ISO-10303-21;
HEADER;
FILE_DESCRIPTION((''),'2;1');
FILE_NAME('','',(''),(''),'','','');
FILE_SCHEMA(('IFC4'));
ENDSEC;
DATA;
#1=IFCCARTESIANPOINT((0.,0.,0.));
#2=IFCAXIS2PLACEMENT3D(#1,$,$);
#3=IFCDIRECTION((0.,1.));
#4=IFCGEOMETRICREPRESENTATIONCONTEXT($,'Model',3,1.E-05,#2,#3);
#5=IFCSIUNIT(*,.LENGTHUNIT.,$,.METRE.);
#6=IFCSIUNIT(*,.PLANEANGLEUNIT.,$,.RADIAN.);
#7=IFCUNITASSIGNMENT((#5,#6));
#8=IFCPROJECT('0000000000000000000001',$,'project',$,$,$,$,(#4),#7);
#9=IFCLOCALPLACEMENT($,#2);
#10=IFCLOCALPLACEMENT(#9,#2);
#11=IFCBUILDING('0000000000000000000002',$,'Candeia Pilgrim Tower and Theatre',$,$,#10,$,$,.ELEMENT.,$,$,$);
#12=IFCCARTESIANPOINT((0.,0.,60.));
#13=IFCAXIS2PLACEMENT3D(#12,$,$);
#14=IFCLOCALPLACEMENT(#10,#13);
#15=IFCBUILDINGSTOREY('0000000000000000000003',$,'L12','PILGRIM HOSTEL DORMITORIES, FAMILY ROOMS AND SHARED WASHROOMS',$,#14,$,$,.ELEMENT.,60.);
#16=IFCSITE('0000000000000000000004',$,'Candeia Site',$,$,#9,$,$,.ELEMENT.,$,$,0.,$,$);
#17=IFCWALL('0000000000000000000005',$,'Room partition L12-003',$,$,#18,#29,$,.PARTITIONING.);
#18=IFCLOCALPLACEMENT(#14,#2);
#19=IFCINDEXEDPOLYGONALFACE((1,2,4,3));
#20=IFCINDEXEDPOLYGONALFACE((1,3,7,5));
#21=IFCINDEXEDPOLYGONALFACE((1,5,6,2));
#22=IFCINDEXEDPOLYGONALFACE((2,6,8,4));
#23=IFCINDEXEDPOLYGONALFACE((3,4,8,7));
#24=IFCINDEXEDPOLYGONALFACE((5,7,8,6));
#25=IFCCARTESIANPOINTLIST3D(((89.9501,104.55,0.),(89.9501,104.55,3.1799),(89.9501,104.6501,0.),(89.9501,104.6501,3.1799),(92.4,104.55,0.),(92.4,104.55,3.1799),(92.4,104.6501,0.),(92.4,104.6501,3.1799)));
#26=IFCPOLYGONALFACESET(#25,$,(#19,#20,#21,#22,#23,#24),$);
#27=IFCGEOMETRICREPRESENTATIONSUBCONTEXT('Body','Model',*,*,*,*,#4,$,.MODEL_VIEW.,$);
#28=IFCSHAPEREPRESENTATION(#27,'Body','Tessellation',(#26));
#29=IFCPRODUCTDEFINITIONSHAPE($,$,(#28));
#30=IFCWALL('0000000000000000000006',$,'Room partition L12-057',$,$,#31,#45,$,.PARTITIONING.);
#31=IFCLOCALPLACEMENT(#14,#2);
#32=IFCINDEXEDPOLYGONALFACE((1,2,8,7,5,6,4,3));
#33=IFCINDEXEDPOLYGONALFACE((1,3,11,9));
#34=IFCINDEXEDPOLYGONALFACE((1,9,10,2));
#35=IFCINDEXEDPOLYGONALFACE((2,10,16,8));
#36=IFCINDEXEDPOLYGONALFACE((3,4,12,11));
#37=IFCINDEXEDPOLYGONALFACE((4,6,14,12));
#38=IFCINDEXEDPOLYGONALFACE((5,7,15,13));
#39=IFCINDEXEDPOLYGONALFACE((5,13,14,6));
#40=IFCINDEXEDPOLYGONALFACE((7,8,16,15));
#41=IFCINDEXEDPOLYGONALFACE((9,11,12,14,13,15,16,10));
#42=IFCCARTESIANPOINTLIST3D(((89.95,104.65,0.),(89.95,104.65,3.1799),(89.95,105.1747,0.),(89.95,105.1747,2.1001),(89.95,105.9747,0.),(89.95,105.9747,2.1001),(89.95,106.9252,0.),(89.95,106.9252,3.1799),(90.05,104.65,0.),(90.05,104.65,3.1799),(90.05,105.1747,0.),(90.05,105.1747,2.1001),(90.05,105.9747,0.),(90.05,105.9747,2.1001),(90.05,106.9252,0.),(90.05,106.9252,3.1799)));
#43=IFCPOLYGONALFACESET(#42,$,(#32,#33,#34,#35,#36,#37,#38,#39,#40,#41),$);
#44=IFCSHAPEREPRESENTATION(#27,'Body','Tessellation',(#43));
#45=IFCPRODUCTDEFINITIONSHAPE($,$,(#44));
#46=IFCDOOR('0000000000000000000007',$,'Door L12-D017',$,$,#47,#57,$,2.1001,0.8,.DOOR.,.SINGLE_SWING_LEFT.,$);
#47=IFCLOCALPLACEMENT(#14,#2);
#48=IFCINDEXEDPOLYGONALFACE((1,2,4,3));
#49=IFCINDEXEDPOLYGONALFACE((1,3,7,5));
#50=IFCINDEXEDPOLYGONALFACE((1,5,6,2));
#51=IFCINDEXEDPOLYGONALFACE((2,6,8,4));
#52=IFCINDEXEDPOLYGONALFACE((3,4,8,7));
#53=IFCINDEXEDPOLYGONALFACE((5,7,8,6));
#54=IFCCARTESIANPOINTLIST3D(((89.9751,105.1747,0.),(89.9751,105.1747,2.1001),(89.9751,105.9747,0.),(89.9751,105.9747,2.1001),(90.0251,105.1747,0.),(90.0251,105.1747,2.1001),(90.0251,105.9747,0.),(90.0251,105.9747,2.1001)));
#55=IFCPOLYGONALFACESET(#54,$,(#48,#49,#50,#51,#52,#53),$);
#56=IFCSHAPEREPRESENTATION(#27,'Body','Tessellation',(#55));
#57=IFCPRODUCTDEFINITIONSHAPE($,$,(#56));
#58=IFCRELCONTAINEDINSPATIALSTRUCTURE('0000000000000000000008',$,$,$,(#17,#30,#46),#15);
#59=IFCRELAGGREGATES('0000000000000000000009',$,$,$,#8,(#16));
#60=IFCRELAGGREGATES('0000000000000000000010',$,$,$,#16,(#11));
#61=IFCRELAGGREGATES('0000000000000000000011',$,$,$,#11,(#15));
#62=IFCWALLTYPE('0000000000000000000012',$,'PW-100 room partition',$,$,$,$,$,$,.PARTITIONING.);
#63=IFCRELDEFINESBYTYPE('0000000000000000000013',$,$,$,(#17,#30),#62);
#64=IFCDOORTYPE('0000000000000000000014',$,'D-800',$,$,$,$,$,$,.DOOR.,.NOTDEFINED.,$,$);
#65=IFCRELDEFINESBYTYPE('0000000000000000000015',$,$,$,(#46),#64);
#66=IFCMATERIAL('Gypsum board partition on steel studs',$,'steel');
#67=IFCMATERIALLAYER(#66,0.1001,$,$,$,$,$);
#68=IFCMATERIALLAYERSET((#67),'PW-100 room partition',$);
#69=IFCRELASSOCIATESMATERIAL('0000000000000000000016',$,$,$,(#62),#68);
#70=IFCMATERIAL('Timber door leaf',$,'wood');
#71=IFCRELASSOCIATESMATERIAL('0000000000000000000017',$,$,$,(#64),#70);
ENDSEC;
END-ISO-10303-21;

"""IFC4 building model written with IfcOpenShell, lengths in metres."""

from ifc_helpers import new_model, si_unit, direction, frame, frame_2d, origin, place, context, subcontext, project, spatial, rectangle, extrude, material, layer, layer_set, type_object, element, fill, save


model = new_model("IFC4")

# Units and contexts
model_context = context("Model", 3, precision=1e-05, world=origin(), true_north=direction((0.0, 1.0)))
body_context = subcontext(model_context, "Body", "Model", "MODEL_VIEW")
ifc_project = project(units=[si_unit("LENGTHUNIT", "METRE"), si_unit("PLANEANGLEUNIT", "RADIAN")], contexts=[model_context])

# Site, building, storey
site_placement = place(None, origin())
site = spatial("IfcSite", under=ifc_project, at=site_placement, Name="Candeia Site", CompositionType="ELEMENT", RefElevation=0.0)
building_placement = place(site_placement, origin())
building = spatial("IfcBuilding", under=site, at=building_placement, Name="Candeia Pilgrim Tower and Theatre", CompositionType="ELEMENT")
storey_placement = place(building_placement, frame((0.0, 0.0, 60.0)))
storey = spatial("IfcBuildingStorey", under=building, at=storey_placement, Name="L12", Description="PILGRIM HOSTEL DORMITORIES, FAMILY ROOMS AND SHARED WASHROOMS", CompositionType="ELEMENT", Elevation=60.0)

# Wall
ifc_material_1 = material(Name="Gypsum board partition on steel studs", Category="steel")
ifc_layer_1 = layer(ifc_material_1, 0.1001)
ifc_layer_set_1 = layer_set([ifc_layer_1], Name="PW-100 room partition")
wall_type_1 = type_object("IfcWallType", Name="PW-100 room partition", PredefinedType="PARTITIONING", material=ifc_layer_set_1)
wall_1_placement = place(storey_placement, frame((89.95, 104.6001, 0.0), z_axis=(0.0, 0.0, 1.0), x_axis=(1.0, 0.0, 0.0)))
element("IfcWall", 1, at=wall_1_placement, inside=storey, type_object=wall_type_1, Name="Room partition L12-003", PredefinedType="PARTITIONING", context=body_context, shape_type="SweptSolid", body=[
    extrude(rectangle(XDim=2.45, YDim=0.1001, at=frame_2d((1.2251, 0.0))), origin(), (0.0, 0.0, 1.0), 3.1799),
])

# Wall, opening, door
wall_2_placement = place(storey_placement, frame((90.0, 104.6499, 0.0), z_axis=(0.0, 0.0, 1.0), x_axis=(0.0, 1.0, 0.0)))
wall_2 = element("IfcWall", 2, at=wall_2_placement, inside=storey, type_object=wall_type_1, Name="Room partition L12-057", PredefinedType="PARTITIONING", context=body_context, shape_type="SweptSolid", body=[
    extrude(rectangle(XDim=2.2751, YDim=0.1001, at=frame_2d((1.1377, 0.0))), origin(), (0.0, 0.0, 1.0), 3.1799),
])
opening_1_placement = place(wall_2_placement, frame((0.5249, 0.0, 0.0)))
opening_1 = element("IfcOpeningElement", 3, at=opening_1_placement, cuts=wall_2, PredefinedType="OPENING", context=body_context, shape_type="SweptSolid", body=[
    extrude(rectangle(XDim=0.8, YDim=2.1001, at=frame_2d((0.3999, 1.05))), frame((0.0, 0.0601, 0.0), z_axis=(0.0, -1.0, 0.0), x_axis=(1.0, 0.0, 0.0)), (0.0, 0.0, 1.0), 0.1201),
])
ifc_material_2 = material(Name="Timber door leaf", Category="wood")
door_type_1 = type_object("IfcDoorType", Name="D-800", OperationType="NOTDEFINED", PredefinedType="DOOR", material=ifc_material_2)
door_1_placement = place(opening_1_placement, origin())
door_1 = element("IfcDoor", 4, at=door_1_placement, inside=storey, type_object=door_type_1, Name="Door L12-D017", OperationType="SINGLE_SWING_LEFT", OverallHeight=2.1001, OverallWidth=0.8, PredefinedType="DOOR", context=body_context, shape_type="SweptSolid", body=[
    extrude(rectangle(XDim=0.8, YDim=2.1001, at=frame_2d((0.3999, 1.05))), frame((0.0, 0.0249, 0.0), z_axis=(0.0, -1.0, 0.0), x_axis=(1.0, 0.0, 0.0)), (0.0, 0.0, 1.0), 0.05),
])
fill(opening_1, door_1)

save(model, "model.ifc")
